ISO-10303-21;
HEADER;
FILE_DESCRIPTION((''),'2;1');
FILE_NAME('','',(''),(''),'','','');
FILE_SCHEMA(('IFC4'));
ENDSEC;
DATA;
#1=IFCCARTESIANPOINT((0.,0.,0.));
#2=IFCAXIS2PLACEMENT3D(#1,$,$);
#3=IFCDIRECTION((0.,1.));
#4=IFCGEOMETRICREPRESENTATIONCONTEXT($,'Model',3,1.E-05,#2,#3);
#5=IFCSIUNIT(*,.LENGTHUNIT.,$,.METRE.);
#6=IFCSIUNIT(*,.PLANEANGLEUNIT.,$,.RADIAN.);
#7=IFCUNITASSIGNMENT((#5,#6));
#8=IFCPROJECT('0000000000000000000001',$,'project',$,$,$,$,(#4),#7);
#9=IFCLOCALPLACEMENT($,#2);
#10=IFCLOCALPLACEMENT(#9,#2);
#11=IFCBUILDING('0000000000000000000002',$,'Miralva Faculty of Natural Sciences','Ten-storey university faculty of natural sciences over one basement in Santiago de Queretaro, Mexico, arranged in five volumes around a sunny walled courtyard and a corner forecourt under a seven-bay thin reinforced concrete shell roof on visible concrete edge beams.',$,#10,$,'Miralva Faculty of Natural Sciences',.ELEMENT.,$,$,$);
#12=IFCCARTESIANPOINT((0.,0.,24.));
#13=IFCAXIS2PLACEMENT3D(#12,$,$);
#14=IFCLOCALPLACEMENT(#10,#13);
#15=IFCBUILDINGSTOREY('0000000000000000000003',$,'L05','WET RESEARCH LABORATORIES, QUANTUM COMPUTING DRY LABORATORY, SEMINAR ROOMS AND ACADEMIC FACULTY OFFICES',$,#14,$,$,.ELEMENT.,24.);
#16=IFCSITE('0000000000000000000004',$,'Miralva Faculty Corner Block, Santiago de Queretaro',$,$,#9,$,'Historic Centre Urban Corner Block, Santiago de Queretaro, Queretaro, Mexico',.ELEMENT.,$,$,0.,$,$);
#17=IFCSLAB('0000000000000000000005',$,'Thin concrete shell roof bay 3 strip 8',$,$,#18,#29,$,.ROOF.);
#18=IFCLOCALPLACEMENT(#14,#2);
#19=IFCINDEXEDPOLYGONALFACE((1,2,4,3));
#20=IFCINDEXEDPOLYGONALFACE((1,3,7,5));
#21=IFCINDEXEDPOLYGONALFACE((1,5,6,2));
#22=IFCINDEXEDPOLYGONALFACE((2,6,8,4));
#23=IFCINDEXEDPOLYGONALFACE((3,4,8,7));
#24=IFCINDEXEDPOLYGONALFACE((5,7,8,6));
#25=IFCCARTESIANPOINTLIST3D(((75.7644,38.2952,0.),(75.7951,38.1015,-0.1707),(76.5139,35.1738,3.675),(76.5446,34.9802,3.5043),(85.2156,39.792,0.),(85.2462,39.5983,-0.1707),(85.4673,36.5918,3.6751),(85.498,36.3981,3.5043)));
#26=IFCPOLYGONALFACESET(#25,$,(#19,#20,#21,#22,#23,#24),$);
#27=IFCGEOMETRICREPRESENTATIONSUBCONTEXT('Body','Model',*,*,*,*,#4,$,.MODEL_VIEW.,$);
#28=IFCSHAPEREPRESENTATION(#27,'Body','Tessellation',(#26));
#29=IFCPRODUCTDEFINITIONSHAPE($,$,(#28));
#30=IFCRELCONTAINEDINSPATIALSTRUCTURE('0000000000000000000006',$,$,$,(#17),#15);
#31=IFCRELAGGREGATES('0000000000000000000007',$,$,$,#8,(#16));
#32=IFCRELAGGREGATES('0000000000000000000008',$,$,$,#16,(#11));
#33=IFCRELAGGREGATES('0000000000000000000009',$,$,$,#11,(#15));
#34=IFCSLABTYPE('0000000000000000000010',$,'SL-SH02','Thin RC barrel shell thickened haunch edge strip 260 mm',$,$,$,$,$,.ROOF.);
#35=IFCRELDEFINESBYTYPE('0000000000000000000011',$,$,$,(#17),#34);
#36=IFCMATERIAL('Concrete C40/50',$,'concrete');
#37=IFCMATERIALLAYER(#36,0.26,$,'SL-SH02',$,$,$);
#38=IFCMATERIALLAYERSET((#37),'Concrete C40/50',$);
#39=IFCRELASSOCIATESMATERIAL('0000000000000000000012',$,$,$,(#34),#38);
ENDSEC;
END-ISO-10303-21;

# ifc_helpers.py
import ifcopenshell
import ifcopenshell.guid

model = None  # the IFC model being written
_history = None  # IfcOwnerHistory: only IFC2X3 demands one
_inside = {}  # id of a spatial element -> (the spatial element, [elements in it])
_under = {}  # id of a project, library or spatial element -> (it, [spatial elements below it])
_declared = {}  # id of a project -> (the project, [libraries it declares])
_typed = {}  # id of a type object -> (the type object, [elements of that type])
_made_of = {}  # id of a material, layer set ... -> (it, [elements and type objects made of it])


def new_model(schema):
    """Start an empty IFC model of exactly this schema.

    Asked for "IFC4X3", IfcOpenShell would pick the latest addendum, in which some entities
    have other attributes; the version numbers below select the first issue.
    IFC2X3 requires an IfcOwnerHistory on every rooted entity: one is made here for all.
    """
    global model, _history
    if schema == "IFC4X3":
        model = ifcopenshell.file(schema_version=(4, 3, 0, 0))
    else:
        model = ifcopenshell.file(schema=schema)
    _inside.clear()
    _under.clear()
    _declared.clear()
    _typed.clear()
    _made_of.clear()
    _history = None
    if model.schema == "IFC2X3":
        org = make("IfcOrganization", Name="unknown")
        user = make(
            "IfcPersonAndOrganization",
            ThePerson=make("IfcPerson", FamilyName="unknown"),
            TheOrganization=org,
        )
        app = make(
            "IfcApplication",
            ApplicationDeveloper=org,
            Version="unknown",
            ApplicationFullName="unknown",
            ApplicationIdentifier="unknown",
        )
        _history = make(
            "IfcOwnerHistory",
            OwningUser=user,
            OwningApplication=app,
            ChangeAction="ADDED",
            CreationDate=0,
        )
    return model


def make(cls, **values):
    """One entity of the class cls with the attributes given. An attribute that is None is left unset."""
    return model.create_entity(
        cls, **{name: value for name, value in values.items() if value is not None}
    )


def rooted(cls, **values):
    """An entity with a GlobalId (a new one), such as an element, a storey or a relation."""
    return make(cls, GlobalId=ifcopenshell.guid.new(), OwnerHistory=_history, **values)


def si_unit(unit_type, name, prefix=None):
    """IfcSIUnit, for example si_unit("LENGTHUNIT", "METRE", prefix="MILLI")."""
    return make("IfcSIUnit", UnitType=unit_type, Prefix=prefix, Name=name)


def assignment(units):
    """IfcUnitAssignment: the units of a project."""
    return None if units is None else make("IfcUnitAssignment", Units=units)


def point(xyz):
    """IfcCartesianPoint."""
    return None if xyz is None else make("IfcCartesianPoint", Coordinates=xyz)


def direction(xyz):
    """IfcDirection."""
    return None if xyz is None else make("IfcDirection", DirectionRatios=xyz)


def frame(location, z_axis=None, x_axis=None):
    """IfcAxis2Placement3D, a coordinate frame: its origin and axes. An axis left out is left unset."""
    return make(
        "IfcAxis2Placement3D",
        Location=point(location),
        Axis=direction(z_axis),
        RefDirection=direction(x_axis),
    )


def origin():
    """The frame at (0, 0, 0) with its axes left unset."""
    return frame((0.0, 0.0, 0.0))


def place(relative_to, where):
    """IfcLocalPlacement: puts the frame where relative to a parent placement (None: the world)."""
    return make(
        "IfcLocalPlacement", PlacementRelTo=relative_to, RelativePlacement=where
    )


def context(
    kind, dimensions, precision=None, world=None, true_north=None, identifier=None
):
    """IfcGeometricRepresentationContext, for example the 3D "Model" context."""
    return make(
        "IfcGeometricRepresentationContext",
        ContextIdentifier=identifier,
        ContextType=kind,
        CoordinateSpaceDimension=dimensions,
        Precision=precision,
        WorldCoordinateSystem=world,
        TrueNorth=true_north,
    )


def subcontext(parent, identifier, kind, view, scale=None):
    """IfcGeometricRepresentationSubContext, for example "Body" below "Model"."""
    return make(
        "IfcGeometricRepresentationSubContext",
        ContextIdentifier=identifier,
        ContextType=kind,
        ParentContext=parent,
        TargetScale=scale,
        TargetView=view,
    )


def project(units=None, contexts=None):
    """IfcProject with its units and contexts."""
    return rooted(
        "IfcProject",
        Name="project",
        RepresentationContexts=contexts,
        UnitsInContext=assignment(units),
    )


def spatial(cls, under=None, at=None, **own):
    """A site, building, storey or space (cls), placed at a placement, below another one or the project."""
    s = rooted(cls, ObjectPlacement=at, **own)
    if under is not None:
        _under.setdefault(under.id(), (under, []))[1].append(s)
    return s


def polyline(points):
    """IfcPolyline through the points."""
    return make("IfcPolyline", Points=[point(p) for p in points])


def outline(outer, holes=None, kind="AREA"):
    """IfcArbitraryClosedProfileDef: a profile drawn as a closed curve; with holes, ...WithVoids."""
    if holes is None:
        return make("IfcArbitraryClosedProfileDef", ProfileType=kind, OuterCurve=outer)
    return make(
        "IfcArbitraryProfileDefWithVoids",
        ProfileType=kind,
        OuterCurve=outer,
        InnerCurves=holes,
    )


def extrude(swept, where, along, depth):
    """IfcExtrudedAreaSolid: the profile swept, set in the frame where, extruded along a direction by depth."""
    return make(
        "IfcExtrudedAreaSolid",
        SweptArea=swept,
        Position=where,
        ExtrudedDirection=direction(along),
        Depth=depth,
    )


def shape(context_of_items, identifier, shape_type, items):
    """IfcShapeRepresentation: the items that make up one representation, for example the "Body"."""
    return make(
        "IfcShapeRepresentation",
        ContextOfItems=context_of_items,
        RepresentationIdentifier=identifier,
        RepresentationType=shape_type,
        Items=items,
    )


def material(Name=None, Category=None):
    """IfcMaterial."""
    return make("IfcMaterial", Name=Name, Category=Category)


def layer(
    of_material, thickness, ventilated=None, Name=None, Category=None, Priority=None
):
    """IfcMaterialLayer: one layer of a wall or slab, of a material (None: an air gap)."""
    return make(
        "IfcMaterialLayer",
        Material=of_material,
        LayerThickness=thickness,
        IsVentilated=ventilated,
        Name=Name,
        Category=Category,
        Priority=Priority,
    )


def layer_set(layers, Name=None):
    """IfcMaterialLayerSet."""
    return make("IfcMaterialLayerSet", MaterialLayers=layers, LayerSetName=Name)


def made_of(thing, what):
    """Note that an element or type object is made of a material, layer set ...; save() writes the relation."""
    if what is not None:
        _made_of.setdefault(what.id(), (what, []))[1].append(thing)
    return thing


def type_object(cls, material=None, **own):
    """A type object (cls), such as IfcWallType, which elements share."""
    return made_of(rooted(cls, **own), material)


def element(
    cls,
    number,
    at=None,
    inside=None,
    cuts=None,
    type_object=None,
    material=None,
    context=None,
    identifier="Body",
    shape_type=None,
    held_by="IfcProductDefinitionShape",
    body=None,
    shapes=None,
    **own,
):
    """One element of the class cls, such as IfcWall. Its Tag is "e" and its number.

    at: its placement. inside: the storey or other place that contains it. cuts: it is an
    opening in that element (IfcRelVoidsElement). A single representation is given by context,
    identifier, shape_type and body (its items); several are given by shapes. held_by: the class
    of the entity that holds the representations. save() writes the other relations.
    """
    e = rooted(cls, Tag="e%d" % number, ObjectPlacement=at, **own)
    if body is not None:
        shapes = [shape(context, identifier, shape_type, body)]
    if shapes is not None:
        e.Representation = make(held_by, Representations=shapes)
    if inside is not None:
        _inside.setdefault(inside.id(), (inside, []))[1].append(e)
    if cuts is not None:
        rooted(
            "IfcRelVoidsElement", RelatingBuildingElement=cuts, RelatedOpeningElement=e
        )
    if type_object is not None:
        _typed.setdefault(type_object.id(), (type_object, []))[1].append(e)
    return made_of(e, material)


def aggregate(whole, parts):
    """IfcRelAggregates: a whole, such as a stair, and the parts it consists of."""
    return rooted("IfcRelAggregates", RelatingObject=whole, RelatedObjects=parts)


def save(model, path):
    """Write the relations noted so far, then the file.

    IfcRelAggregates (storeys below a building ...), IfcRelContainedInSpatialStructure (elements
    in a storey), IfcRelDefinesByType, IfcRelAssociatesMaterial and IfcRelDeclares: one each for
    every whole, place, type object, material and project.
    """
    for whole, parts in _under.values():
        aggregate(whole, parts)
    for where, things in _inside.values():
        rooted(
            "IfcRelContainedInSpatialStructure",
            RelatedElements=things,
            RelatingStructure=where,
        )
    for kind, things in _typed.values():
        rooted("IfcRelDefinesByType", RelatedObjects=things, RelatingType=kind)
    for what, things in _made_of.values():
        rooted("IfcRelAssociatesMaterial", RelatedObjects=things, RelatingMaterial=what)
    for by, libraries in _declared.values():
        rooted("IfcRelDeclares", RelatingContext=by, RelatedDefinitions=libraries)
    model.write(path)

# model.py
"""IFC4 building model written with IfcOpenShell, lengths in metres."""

from ifc_helpers import new_model, si_unit, direction, frame, origin, place, context, subcontext, project, spatial, polyline, outline, extrude, material, layer, layer_set, type_object, element, save


model = new_model("IFC4")

# Units and contexts
model_context = context("Model", 3, precision=1e-05, world=origin(), true_north=direction((0.0, 1.0)))
body_context = subcontext(model_context, "Body", "Model", "MODEL_VIEW")
ifc_project = project(units=[si_unit("LENGTHUNIT", "METRE"), si_unit("PLANEANGLEUNIT", "RADIAN")], contexts=[model_context])

# Site, building, storey
site_placement = place(None, origin())
site = spatial("IfcSite", under=ifc_project, at=site_placement, Name="Miralva Faculty Corner Block, Santiago de Queretaro", LongName="Historic Centre Urban Corner Block, Santiago de Queretaro, Queretaro, Mexico", CompositionType="ELEMENT", RefElevation=0.0)
building_placement = place(site_placement, origin())
building = spatial("IfcBuilding", under=site, at=building_placement, Name="Miralva Faculty of Natural Sciences", Description="Ten-storey university faculty of natural sciences over one basement in Santiago de Queretaro, Mexico, arranged in five volumes around a sunny walled courtyard and a corner forecourt under a seven-bay thin reinforced concrete shell roof on visible concrete edge beams.", LongName="Miralva Faculty of Natural Sciences", CompositionType="ELEMENT")
storey_placement = place(building_placement, frame((0.0, 0.0, 24.0)))
storey = spatial("IfcBuildingStorey", under=building, at=storey_placement, Name="L05", Description="WET RESEARCH LABORATORIES, QUANTUM COMPUTING DRY LABORATORY, SEMINAR ROOMS AND ACADEMIC FACULTY OFFICES", CompositionType="ELEMENT", Elevation=24.0)

# Shared definitions
ifc_material_1 = material(Name="Concrete C40/50", Category="concrete")

# Slab
ifc_layer_1 = layer(ifc_material_1, 0.26, Name="SL-SH02")
ifc_layer_set_1 = layer_set([ifc_layer_1], Name="Concrete C40/50")
slab_type_1 = type_object("IfcSlabType", Name="SL-SH02", Description="Thin RC barrel shell thickened haunch edge strip 260 mm", PredefinedType="ROOF", material=ifc_layer_set_1)
slab_1_placement = place(storey_placement, frame((76.5139, 35.1738, 3.675), z_axis=(-0.117967, 0.744867, 0.656701), x_axis=(0.98769, 0.156424, 0.000001)))
element("IfcSlab", 1, at=slab_1_placement, inside=storey, type_object=slab_type_1, Name="Thin concrete shell roof bay 3 strip 8", PredefinedType="ROOF", context=body_context, shape_type="SweptSolid", body=[
    extrude(outline(polyline([(0.0, 0.0), (9.065, 0.0), (9.3169, 4.8731), (-0.252, 4.8731), (0.0, 0.0)])), origin(), (0.0, 0.0, -1.0), 0.26),
])

save(model, "model.ifc")
